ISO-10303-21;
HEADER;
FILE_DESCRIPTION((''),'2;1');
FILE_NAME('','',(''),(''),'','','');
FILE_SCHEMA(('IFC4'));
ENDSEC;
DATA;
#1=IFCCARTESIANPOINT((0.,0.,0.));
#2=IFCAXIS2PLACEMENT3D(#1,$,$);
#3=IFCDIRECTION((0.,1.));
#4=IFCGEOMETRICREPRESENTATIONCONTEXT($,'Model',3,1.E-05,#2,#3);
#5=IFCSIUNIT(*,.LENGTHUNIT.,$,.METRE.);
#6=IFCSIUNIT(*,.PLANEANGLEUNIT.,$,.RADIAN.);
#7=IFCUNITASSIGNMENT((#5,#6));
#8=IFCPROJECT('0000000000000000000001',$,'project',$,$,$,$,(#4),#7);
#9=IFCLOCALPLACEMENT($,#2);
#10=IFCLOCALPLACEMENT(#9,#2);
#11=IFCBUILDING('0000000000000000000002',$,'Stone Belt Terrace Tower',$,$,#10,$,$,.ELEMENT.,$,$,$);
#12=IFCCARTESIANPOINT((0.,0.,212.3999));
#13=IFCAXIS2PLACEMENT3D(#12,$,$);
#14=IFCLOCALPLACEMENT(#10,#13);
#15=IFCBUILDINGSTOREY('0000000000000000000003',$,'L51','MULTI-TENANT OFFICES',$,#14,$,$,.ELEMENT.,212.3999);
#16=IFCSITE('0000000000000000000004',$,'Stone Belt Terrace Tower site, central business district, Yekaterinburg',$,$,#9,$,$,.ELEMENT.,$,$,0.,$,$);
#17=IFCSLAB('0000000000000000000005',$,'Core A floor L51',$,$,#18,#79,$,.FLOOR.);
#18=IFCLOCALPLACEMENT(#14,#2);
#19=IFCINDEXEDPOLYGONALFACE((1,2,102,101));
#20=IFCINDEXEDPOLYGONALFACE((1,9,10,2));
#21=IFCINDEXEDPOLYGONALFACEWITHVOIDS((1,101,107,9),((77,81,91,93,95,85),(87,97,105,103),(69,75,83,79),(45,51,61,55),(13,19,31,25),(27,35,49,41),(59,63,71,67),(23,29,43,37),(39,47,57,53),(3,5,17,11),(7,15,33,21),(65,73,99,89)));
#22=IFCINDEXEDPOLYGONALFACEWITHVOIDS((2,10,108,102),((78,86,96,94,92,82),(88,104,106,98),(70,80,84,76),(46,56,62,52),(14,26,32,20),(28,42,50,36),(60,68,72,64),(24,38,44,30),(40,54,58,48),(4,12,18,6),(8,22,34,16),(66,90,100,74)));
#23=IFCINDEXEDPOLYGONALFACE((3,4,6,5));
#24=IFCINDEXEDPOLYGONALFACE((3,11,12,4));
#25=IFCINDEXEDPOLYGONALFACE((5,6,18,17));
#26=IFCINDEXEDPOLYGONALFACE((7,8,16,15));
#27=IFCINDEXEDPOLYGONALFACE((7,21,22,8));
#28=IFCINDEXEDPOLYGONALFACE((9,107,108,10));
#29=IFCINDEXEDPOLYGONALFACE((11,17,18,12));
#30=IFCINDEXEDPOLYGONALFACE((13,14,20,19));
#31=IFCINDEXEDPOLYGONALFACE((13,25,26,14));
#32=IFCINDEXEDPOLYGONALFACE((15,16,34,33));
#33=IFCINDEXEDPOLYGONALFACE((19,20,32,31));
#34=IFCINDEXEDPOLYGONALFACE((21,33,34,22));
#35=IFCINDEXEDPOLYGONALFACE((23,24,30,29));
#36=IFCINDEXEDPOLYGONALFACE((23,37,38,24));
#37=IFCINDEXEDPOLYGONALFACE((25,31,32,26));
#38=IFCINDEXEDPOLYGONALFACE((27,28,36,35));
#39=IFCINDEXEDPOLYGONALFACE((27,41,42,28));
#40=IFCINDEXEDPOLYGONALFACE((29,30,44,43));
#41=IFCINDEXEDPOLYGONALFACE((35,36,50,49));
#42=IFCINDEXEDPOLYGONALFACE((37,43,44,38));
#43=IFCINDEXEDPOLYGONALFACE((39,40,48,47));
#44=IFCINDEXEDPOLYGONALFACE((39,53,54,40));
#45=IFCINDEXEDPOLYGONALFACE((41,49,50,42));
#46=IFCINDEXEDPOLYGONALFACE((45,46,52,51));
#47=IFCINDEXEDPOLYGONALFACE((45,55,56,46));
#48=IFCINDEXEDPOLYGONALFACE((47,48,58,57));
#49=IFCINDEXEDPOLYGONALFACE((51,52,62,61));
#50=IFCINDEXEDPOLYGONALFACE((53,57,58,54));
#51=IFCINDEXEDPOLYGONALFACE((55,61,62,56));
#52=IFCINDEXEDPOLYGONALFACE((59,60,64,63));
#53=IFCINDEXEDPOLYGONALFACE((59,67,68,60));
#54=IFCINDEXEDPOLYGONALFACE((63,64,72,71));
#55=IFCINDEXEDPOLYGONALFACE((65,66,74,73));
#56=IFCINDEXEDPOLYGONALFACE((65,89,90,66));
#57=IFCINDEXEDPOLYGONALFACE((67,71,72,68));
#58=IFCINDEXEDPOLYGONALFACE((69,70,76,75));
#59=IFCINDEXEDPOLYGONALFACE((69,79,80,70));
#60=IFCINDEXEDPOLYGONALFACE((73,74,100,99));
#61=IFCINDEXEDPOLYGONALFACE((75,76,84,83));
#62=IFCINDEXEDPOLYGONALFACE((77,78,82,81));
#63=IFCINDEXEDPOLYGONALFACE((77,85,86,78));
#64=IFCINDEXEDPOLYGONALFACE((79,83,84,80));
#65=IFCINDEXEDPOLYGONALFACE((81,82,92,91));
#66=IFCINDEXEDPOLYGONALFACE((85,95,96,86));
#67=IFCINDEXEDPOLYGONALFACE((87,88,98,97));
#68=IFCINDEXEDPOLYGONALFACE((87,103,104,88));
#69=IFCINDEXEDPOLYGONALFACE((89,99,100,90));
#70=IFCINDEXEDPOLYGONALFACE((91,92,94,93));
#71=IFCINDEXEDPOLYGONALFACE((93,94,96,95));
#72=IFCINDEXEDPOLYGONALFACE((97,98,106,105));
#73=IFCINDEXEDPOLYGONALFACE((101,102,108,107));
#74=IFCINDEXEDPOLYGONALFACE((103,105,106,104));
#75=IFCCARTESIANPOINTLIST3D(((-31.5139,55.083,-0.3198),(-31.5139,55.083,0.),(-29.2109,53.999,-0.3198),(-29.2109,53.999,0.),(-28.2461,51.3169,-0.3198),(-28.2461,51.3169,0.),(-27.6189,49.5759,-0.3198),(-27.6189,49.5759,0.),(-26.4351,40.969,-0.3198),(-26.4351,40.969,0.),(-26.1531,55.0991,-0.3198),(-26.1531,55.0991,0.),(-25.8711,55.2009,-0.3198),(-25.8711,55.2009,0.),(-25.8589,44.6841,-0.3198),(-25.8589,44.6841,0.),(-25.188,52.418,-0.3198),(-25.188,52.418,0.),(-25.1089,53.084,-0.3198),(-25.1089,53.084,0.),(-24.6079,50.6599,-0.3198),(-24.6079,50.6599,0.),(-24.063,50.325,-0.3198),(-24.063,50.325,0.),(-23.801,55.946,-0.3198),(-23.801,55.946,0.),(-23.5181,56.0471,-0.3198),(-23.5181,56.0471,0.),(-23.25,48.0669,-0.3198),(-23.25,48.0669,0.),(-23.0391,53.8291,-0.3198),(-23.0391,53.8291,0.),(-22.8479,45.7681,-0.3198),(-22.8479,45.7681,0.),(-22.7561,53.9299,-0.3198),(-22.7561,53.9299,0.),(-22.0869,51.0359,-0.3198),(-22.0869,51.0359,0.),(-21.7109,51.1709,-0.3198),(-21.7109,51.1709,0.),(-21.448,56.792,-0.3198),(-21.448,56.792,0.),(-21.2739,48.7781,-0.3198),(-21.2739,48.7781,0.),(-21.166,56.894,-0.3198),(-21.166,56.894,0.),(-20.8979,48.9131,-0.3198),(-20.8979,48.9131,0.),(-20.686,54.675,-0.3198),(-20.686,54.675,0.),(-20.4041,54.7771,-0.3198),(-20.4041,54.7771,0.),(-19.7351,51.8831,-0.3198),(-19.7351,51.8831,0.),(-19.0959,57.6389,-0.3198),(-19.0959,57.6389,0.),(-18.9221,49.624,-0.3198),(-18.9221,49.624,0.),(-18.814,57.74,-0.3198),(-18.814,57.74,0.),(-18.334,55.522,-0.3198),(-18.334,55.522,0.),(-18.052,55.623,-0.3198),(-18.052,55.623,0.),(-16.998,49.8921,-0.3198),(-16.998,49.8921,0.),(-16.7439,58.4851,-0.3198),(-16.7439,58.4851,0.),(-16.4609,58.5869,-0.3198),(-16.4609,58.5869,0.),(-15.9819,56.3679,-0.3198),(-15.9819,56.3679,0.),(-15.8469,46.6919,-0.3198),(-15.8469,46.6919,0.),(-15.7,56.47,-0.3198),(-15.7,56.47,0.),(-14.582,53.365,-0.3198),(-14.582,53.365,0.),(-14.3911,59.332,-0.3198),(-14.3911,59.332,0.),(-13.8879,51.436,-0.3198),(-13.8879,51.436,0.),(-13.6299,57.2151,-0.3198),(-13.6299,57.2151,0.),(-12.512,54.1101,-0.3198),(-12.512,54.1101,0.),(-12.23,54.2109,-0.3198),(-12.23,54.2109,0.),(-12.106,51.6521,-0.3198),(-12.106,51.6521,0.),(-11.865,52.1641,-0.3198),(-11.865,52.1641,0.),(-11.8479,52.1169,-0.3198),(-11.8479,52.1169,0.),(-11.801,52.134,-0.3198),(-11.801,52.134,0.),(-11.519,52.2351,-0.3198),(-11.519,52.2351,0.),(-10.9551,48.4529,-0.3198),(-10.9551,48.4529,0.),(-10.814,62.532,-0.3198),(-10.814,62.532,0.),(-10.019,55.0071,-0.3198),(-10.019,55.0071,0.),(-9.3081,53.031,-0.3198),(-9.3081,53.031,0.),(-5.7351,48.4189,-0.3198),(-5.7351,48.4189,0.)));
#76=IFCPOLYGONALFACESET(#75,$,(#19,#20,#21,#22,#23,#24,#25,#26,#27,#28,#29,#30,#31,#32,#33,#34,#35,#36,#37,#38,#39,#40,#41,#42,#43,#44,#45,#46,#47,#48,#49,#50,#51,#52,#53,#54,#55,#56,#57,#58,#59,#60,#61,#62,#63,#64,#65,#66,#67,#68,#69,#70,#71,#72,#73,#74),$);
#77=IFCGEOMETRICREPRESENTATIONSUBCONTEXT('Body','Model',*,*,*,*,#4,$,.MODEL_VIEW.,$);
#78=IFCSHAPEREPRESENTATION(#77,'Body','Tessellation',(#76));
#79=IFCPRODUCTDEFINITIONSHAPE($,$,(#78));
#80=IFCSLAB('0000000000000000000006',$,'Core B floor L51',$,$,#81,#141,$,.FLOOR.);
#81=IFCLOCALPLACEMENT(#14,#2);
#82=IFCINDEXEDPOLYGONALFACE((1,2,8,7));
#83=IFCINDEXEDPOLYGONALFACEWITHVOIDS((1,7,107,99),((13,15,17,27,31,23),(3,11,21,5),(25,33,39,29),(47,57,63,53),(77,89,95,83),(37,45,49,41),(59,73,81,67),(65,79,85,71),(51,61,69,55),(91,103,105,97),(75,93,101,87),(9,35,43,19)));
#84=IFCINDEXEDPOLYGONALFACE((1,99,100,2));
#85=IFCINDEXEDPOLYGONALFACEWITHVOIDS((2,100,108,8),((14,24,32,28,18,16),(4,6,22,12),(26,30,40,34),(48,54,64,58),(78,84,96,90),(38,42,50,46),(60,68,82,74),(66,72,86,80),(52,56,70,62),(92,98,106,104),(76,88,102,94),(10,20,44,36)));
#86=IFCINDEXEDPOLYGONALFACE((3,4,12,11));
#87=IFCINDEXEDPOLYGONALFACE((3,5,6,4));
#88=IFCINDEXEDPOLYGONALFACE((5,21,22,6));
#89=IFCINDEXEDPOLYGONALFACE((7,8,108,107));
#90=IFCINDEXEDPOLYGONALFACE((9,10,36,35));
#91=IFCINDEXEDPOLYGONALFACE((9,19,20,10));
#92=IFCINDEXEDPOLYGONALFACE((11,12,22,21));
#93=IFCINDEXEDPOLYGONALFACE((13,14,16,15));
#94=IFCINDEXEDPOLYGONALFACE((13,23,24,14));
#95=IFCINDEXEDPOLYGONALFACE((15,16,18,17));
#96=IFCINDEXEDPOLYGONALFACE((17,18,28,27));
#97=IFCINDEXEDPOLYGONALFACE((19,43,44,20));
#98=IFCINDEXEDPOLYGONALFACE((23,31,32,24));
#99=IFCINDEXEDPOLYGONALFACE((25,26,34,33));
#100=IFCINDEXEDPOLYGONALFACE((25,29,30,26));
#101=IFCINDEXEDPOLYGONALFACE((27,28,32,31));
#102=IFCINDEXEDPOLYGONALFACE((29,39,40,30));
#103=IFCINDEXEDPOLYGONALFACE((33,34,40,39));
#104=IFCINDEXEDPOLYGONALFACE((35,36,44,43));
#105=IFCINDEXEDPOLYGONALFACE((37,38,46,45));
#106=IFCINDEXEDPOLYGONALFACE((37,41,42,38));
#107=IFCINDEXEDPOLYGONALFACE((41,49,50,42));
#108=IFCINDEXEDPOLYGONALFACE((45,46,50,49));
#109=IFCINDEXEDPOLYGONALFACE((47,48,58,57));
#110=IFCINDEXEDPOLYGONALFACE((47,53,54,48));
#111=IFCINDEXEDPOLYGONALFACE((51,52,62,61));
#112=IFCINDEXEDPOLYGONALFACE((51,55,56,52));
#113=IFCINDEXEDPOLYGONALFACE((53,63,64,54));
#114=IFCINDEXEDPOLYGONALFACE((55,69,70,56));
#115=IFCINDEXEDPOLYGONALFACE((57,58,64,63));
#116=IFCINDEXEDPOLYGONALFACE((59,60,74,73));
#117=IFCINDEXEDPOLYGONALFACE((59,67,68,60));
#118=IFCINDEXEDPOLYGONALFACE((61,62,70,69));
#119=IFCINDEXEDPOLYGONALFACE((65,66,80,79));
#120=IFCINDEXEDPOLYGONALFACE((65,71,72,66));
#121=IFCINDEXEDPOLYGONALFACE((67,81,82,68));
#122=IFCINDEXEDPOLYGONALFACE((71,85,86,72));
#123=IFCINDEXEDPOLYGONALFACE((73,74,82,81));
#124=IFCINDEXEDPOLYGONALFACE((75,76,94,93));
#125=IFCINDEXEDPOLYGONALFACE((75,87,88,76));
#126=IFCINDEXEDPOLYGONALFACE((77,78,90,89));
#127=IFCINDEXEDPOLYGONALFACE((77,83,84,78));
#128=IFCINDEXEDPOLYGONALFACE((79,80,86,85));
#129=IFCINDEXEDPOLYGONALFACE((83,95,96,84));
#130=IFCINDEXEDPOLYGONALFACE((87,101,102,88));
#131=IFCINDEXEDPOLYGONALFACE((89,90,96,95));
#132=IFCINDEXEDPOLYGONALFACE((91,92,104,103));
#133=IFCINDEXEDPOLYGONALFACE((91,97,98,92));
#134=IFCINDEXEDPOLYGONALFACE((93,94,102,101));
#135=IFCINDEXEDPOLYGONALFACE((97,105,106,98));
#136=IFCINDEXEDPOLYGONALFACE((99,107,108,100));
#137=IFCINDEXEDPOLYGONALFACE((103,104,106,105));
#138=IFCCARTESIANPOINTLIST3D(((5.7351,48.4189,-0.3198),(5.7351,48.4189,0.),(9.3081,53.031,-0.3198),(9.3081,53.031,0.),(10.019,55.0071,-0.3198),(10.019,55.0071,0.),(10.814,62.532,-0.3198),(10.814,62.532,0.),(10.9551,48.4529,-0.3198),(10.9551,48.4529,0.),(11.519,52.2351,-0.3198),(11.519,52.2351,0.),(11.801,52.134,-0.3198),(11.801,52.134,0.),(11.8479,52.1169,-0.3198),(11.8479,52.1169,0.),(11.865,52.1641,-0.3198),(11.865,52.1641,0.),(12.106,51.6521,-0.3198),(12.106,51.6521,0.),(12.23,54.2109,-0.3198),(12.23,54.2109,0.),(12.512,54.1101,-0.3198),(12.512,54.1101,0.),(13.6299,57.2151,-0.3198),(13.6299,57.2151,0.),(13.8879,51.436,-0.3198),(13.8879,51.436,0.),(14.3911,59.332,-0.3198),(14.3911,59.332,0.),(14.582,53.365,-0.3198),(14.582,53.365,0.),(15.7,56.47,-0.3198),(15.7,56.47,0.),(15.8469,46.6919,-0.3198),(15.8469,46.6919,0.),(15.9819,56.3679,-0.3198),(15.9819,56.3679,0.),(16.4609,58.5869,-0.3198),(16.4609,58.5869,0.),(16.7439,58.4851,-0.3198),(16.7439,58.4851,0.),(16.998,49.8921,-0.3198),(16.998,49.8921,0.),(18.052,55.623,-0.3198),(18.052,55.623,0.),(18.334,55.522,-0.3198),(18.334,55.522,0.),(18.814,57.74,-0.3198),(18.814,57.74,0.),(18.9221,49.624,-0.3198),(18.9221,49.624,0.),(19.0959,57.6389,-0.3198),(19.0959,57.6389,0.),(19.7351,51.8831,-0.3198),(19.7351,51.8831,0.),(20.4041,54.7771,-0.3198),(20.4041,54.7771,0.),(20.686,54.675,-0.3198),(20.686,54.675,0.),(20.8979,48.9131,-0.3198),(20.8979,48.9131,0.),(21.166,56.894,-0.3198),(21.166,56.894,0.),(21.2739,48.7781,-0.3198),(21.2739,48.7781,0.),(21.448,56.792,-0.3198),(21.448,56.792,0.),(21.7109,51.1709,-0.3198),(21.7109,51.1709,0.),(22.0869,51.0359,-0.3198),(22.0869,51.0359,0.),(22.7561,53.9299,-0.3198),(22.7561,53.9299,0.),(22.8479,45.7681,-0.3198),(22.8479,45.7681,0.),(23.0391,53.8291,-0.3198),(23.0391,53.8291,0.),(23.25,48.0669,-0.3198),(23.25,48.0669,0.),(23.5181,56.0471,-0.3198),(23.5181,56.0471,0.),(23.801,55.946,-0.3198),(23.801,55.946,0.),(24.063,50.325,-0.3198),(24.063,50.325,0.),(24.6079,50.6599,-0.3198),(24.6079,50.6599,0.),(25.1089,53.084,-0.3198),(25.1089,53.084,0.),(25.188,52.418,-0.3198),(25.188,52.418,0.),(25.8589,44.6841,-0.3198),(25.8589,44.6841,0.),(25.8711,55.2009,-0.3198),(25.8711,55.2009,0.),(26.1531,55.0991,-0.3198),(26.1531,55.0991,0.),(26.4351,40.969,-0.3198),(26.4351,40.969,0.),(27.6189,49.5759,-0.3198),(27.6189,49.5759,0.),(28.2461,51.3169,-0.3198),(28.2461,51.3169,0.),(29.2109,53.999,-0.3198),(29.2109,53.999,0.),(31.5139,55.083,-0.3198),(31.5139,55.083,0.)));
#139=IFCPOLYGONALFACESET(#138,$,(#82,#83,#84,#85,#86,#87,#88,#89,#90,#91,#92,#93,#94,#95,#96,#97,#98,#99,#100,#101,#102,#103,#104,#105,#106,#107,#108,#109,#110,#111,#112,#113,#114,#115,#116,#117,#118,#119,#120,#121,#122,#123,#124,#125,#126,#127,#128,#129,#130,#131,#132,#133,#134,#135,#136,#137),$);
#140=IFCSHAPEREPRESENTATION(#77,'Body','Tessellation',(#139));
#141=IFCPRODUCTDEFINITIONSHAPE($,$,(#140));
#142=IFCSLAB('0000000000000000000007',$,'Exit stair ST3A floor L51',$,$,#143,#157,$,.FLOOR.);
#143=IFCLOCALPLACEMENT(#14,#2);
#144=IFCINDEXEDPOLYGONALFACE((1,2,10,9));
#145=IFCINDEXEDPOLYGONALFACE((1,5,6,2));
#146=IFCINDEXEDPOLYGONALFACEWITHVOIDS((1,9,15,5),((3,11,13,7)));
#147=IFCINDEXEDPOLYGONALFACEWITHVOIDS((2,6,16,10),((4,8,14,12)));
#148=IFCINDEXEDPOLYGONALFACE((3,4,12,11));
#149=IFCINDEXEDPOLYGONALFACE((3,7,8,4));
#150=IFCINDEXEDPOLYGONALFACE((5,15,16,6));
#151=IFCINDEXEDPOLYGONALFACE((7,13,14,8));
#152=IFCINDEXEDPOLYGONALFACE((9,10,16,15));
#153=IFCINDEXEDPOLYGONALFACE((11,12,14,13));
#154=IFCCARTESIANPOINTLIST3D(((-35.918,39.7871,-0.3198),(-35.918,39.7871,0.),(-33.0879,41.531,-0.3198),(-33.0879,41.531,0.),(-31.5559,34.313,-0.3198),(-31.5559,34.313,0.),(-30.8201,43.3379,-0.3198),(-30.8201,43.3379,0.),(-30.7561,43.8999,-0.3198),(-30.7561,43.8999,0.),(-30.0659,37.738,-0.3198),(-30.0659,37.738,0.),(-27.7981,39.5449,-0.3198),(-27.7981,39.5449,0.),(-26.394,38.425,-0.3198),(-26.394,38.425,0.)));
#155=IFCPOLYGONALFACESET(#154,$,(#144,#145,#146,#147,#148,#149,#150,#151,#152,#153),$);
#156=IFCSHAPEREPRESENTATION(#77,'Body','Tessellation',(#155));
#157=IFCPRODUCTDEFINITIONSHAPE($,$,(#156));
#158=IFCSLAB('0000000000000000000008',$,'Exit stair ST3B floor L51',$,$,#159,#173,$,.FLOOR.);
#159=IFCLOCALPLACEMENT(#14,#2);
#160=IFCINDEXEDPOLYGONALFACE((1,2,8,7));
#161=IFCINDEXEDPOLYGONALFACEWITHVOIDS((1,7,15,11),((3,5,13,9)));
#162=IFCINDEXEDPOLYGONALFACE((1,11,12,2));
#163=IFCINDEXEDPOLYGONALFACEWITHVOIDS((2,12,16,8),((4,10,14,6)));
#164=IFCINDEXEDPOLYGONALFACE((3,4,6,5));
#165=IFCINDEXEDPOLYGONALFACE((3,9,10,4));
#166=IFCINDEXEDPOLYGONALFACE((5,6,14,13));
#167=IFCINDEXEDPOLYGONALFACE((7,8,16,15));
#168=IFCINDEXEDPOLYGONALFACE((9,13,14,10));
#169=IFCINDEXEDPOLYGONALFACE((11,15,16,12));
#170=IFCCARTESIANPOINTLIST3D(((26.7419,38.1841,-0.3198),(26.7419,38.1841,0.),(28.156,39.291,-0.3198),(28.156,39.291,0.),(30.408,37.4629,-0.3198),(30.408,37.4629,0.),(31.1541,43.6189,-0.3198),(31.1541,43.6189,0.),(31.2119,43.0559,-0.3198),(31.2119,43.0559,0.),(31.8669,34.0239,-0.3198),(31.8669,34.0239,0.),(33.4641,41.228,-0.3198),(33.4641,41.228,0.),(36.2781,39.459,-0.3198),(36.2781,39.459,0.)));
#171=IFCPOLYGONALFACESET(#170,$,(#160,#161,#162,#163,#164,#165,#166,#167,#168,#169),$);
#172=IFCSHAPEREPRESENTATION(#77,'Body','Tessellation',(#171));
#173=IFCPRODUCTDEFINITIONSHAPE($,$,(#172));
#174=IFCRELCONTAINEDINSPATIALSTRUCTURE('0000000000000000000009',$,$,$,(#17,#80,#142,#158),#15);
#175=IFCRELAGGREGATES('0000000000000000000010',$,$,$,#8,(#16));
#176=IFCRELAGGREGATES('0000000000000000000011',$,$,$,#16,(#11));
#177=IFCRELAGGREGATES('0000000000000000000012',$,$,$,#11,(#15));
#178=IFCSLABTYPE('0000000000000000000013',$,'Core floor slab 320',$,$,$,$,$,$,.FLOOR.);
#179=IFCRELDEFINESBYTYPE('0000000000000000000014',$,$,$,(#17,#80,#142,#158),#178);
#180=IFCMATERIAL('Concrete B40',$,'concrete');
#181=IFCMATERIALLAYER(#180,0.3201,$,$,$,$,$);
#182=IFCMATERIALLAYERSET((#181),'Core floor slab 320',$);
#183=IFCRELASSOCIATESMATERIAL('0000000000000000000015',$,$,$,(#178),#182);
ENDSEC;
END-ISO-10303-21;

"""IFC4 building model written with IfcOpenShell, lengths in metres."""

from ifc_helpers import new_model, si_unit, direction, frame, origin, place, context, subcontext, project, spatial, polyline, outline, extrude, material, layer, layer_set, type_object, element, save


model = new_model("IFC4")

# Units and contexts
model_context = context("Model", 3, precision=1e-05, world=origin(), true_north=direction((0.0, 1.0)))
body_context = subcontext(model_context, "Body", "Model", "MODEL_VIEW")
ifc_project = project(units=[si_unit("LENGTHUNIT", "METRE"), si_unit("PLANEANGLEUNIT", "RADIAN")], contexts=[model_context])

# Site, building, storey
site_placement = place(None, origin())
site = spatial("IfcSite", under=ifc_project, at=site_placement, Name="Stone Belt Terrace Tower site, central business district, Yekaterinburg", CompositionType="ELEMENT", RefElevation=0.0)
building_placement = place(site_placement, origin())
building = spatial("IfcBuilding", under=site, at=building_placement, Name="Stone Belt Terrace Tower", CompositionType="ELEMENT")
storey_placement = place(building_placement, frame((0.0, 0.0, 212.3999)))
storey = spatial("IfcBuildingStorey", under=building, at=storey_placement, Name="L51", Description="MULTI-TENANT OFFICES", CompositionType="ELEMENT", Elevation=212.3999)

# Slabs
ifc_material_1 = material(Name="Concrete B40", Category="concrete")
ifc_layer_1 = layer(ifc_material_1, 0.3201)
ifc_layer_set_1 = layer_set([ifc_layer_1], Name="Core floor slab 320")
slab_type_1 = type_object("IfcSlabType", Name="Core floor slab 320", PredefinedType="FLOOR", material=ifc_layer_set_1)
slab_1_placement = place(storey_placement, frame((0.0, 0.0, -0.3198)))
element("IfcSlab", 1, at=slab_1_placement, inside=storey, type_object=slab_type_1, Name="Core A floor L51", PredefinedType="FLOOR", context=body_context, shape_type="SweptSolid", body=[
    extrude(outline(polyline([(-26.4351, 40.969), (-5.7351, 48.4189), (-10.814, 62.532), (-31.5139, 55.083), (-26.4351, 40.969)]), holes=[polyline([(-24.6079, 50.6599), (-22.8479, 45.7681), (-25.8589, 44.6841), (-27.6189, 49.5759), (-24.6079, 50.6599)]), polyline([(-23.25, 48.0669), (-24.063, 50.325), (-22.0869, 51.0359), (-21.2739, 48.7781), (-23.25, 48.0669)]), polyline([(-20.8979, 48.9131), (-21.7109, 51.1709), (-19.7351, 51.8831), (-18.9221, 49.624), (-20.8979, 48.9131)]), polyline([(-28.2461, 51.3169), (-29.2109, 53.999), (-26.1531, 55.0991), (-25.188, 52.418), (-28.2461, 51.3169)]), polyline([(-23.801, 55.946), (-23.0391, 53.8291), (-25.1089, 53.084), (-25.8711, 55.2009), (-23.801, 55.946)]), polyline([(-21.448, 56.792), (-20.686, 54.675), (-22.7561, 53.9299), (-23.5181, 56.0471), (-21.448, 56.792)]), polyline([(-10.9551, 48.4529), (-15.8469, 46.6919), (-16.998, 49.8921), (-12.106, 51.6521), (-10.9551, 48.4529)]), polyline([(-11.8479, 52.1169), (-11.865, 52.1641), (-13.8879, 51.436), (-14.582, 53.365), (-12.512, 54.1101), (-11.801, 52.134), (-11.8479, 52.1169)]), polyline([(-9.3081, 53.031), (-11.519, 52.2351), (-12.23, 54.2109), (-10.019, 55.0071), (-9.3081, 53.031)]), polyline([(-21.166, 56.894), (-19.0959, 57.6389), (-18.334, 55.522), (-20.4041, 54.7771), (-21.166, 56.894)]), polyline([(-16.7439, 58.4851), (-15.9819, 56.3679), (-18.052, 55.623), (-18.814, 57.74), (-16.7439, 58.4851)]), polyline([(-14.3911, 59.332), (-13.6299, 57.2151), (-15.7, 56.47), (-16.4609, 58.5869), (-14.3911, 59.332)])]), origin(), (0.0, 0.0, 1.0), 0.3198),
])
slab_2_placement = place(storey_placement, frame((0.0, 0.0, -0.3198)))
element("IfcSlab", 2, at=slab_2_placement, inside=storey, type_object=slab_type_1, Name="Core B floor L51", PredefinedType="FLOOR", context=body_context, shape_type="SweptSolid", body=[
    extrude(outline(polyline([(26.4351, 40.969), (31.5139, 55.083), (10.814, 62.532), (5.7351, 48.4189), (26.4351, 40.969)]), holes=[polyline([(12.106, 51.6521), (16.998, 49.8921), (15.8469, 46.6919), (10.9551, 48.4529), (12.106, 51.6521)]), polyline([(12.512, 54.1101), (14.582, 53.365), (13.8879, 51.436), (11.865, 52.1641), (11.8479, 52.1169), (11.801, 52.134), (12.512, 54.1101)]), polyline([(9.3081, 53.031), (10.019, 55.0071), (12.23, 54.2109), (11.519, 52.2351), (9.3081, 53.031)]), polyline([(18.334, 55.522), (19.0959, 57.6389), (21.166, 56.894), (20.4041, 54.7771), (18.334, 55.522)]), polyline([(16.7439, 58.4851), (18.814, 57.74), (18.052, 55.623), (15.9819, 56.3679), (16.7439, 58.4851)]), polyline([(14.3911, 59.332), (16.4609, 58.5869), (15.7, 56.47), (13.6299, 57.2151), (14.3911, 59.332)]), polyline([(27.6189, 49.5759), (25.8589, 44.6841), (22.8479, 45.7681), (24.6079, 50.6599), (27.6189, 49.5759)]), polyline([(23.25, 48.0669), (21.2739, 48.7781), (22.0869, 51.0359), (24.063, 50.325), (23.25, 48.0669)]), polyline([(20.8979, 48.9131), (18.9221, 49.624), (19.7351, 51.8831), (21.7109, 51.1709), (20.8979, 48.9131)]), polyline([(26.1531, 55.0991), (29.2109, 53.999), (28.2461, 51.3169), (25.188, 52.418), (26.1531, 55.0991)]), polyline([(23.801, 55.946), (25.8711, 55.2009), (25.1089, 53.084), (23.0391, 53.8291), (23.801, 55.946)]), polyline([(21.448, 56.792), (23.5181, 56.0471), (22.7561, 53.9299), (20.686, 54.675), (21.448, 56.792)])]), origin(), (0.0, 0.0, 1.0), 0.3198),
])
slab_3_placement = place(storey_placement, frame((0.0, 0.0, -0.3198)))
element("IfcSlab", 3, at=slab_3_placement, inside=storey, type_object=slab_type_1, Name="Exit stair ST3A floor L51", PredefinedType="FLOOR", context=body_context, shape_type="SweptSolid", body=[
    extrude(outline(polyline([(-26.394, 38.425), (-30.7561, 43.8999), (-35.918, 39.7871), (-31.5559, 34.313), (-26.394, 38.425)]), holes=[polyline([(-27.7981, 39.5449), (-30.0659, 37.738), (-33.0879, 41.531), (-30.8201, 43.3379), (-27.7981, 39.5449)])]), origin(), (0.0, 0.0, 1.0), 0.3198),
])
slab_4_placement = place(storey_placement, frame((0.0, 0.0, -0.3198)))
element("IfcSlab", 4, at=slab_4_placement, inside=storey, type_object=slab_type_1, Name="Exit stair ST3B floor L51", PredefinedType="FLOOR", context=body_context, shape_type="SweptSolid", body=[
    extrude(outline(polyline([(26.7419, 38.1841), (31.8669, 34.0239), (36.2781, 39.459), (31.1541, 43.6189), (26.7419, 38.1841)]), holes=[polyline([(30.408, 37.4629), (28.156, 39.291), (31.2119, 43.0559), (33.4641, 41.228), (30.408, 37.4629)])]), origin(), (0.0, 0.0, 1.0), 0.3198),
])

save(model, "model.ifc")
